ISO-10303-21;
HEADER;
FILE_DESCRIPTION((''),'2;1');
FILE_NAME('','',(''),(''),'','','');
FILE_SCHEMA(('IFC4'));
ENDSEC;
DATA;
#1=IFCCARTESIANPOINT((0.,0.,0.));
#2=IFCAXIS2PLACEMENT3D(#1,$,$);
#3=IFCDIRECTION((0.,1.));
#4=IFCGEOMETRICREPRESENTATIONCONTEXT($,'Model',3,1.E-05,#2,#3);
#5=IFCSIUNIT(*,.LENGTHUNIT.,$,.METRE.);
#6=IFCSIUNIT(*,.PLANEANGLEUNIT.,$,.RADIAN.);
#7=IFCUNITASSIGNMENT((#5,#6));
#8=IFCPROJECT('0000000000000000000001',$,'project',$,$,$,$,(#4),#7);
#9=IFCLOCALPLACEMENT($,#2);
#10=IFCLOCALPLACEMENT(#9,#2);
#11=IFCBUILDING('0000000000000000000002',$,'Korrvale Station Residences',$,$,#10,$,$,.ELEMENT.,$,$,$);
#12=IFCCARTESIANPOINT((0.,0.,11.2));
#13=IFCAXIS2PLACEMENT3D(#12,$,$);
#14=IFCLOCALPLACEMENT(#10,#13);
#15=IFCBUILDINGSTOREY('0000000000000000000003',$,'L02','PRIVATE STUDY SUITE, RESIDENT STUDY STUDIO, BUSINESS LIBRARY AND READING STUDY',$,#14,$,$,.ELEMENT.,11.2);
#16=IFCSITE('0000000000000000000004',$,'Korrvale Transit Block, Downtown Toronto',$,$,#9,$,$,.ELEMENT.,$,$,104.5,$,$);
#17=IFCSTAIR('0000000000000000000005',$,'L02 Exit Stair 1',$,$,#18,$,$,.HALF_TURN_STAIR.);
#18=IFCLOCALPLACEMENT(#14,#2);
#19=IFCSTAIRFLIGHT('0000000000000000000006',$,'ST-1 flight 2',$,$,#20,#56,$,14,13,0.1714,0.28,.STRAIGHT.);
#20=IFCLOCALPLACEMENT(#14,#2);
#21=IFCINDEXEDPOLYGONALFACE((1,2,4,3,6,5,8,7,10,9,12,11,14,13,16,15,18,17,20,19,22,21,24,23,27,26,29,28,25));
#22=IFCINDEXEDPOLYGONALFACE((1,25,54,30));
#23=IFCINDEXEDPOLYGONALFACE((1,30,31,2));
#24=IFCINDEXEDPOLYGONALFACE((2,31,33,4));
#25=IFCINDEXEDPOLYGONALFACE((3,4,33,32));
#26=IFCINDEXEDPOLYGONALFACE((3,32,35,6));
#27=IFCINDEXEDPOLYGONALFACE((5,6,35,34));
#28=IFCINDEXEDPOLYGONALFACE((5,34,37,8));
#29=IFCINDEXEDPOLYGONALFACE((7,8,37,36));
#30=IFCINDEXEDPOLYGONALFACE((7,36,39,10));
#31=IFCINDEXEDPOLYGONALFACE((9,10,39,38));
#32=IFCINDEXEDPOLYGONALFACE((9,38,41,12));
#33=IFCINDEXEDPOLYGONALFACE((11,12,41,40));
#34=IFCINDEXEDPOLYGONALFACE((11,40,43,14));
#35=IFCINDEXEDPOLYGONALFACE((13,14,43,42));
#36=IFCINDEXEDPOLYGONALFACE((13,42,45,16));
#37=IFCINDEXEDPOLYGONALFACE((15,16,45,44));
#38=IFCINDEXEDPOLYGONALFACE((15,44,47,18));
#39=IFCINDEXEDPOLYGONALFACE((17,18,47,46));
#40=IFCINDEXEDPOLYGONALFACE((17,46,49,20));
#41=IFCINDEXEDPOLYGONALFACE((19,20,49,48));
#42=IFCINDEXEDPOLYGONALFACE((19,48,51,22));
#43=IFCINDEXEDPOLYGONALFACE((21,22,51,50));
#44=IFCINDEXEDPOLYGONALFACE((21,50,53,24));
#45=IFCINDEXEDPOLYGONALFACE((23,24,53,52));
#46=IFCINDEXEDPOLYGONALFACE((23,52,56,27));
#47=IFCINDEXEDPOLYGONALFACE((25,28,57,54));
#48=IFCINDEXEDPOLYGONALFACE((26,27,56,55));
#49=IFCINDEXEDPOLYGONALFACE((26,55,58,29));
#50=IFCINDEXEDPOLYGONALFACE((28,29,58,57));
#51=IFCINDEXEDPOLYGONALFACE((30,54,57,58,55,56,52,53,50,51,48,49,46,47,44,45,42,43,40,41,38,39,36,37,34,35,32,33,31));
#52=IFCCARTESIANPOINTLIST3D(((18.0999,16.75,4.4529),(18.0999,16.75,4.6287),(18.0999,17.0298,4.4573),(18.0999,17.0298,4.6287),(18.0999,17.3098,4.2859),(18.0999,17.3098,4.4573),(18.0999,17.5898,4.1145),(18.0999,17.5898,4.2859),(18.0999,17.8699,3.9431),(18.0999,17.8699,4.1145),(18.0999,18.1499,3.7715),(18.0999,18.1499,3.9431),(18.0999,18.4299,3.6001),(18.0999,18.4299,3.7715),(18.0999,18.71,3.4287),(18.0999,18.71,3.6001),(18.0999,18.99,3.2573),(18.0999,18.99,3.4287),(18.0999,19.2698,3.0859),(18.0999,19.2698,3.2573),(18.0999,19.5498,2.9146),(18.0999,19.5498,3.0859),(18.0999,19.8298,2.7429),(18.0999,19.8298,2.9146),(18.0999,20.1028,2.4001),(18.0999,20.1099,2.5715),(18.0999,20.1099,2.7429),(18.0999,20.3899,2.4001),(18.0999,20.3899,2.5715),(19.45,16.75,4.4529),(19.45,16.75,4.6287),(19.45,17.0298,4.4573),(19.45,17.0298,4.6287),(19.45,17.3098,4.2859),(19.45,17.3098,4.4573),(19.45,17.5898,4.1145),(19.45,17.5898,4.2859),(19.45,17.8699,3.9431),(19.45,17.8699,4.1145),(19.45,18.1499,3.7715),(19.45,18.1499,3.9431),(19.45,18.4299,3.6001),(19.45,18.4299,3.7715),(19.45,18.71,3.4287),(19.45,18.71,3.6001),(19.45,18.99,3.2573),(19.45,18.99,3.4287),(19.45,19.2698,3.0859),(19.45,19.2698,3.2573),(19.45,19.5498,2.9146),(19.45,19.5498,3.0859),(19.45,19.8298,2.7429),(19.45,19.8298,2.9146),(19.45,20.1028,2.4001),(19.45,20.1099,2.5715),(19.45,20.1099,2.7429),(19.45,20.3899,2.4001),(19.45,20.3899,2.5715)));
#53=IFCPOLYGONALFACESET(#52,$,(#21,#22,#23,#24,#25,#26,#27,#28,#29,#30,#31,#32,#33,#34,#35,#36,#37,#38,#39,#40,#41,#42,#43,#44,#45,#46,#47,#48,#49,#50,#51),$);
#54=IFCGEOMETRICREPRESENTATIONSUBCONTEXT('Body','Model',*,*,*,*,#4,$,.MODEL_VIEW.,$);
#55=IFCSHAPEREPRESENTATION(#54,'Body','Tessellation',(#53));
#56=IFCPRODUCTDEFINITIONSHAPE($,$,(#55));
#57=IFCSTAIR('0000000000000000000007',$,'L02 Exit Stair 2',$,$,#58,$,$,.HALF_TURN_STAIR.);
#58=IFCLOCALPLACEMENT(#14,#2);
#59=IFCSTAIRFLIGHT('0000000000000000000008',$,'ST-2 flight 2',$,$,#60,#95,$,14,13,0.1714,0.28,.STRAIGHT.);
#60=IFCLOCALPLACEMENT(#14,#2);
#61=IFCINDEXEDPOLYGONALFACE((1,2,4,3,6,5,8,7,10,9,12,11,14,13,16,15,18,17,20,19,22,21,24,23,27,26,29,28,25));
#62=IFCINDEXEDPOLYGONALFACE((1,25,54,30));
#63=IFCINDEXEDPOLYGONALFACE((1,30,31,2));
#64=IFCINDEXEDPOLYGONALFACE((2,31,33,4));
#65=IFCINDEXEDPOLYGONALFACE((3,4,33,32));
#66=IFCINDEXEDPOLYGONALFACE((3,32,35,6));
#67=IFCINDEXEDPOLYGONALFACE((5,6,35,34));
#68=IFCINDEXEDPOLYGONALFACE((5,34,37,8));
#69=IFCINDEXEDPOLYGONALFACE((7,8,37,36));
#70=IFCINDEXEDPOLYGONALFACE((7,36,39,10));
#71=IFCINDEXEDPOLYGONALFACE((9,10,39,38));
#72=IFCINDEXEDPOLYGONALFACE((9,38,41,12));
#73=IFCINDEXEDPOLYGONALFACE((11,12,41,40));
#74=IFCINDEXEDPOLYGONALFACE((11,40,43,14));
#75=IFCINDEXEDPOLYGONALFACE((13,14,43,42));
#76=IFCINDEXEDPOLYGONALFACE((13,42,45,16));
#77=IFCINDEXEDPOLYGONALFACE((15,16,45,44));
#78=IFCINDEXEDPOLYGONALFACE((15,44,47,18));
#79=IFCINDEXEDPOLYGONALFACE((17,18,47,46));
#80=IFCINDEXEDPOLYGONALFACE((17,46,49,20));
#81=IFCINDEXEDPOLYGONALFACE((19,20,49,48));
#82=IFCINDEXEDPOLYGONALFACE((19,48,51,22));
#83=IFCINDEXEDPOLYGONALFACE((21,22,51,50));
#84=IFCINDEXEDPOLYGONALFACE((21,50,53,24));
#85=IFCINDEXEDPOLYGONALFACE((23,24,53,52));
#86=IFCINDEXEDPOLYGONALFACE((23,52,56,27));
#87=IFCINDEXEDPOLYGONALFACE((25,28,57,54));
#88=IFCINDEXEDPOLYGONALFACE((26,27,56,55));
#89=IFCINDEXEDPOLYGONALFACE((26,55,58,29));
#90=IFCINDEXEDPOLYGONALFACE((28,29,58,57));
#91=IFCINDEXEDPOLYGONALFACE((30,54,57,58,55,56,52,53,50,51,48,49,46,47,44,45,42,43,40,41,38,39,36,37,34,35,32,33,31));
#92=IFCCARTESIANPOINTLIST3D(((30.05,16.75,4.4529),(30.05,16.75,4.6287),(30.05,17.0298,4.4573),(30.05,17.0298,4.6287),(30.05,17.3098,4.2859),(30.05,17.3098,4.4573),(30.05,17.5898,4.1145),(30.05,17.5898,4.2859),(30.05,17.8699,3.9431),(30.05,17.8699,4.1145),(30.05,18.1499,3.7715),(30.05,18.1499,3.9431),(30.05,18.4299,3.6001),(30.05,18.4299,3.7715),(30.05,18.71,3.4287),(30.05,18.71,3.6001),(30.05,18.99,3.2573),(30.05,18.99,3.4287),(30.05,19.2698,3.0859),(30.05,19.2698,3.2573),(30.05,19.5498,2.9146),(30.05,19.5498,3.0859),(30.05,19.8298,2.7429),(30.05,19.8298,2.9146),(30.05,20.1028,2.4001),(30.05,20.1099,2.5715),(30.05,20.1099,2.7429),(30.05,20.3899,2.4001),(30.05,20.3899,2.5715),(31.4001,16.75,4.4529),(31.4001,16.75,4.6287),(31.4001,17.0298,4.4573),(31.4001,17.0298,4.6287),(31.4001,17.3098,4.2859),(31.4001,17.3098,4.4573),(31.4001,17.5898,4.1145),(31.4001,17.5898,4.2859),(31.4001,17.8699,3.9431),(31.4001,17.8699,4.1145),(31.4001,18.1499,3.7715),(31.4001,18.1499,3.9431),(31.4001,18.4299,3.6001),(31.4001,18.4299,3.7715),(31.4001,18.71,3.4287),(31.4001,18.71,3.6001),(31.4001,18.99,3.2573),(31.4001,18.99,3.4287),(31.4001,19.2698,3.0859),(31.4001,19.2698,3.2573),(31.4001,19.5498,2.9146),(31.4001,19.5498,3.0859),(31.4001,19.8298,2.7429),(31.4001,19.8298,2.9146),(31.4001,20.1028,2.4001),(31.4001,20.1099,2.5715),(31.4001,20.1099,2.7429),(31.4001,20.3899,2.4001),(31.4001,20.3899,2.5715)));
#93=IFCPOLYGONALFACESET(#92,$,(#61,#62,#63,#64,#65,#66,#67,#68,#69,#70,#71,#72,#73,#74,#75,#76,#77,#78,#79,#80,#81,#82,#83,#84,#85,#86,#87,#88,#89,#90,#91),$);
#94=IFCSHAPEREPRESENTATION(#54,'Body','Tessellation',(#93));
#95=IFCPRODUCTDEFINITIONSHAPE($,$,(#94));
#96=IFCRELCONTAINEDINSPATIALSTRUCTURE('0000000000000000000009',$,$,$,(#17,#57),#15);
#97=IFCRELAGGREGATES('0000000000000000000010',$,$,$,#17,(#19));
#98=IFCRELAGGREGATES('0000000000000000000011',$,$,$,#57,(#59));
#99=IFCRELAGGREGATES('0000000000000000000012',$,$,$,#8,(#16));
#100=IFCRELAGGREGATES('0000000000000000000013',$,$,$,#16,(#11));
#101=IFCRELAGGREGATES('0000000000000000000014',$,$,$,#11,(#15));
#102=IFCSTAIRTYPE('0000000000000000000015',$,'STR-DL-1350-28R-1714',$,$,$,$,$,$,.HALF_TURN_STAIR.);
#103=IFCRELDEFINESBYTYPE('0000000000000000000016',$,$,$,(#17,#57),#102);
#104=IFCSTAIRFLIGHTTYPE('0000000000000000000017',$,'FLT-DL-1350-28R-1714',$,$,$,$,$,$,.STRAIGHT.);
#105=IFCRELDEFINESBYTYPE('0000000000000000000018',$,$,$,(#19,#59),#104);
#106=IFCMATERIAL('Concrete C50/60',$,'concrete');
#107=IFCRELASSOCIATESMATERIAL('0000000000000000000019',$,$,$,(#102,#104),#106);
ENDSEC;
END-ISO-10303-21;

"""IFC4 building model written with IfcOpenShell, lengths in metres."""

from ifc_helpers import new_model, si_unit, direction, frame, origin, place, context, subcontext, project, spatial, polyline, outline, extrude, material, type_object, element, aggregate, save


model = new_model("IFC4")

# Units and contexts
model_context = context("Model", 3, precision=1e-05, world=origin(), true_north=direction((0.0, 1.0)))
body_context = subcontext(model_context, "Body", "Model", "MODEL_VIEW")
ifc_project = project(units=[si_unit("LENGTHUNIT", "METRE"), si_unit("PLANEANGLEUNIT", "RADIAN")], contexts=[model_context])

# Site, building, storey
site_placement = place(None, origin())
site = spatial("IfcSite", under=ifc_project, at=site_placement, Name="Korrvale Transit Block, Downtown Toronto", CompositionType="ELEMENT", RefElevation=104.5)
building_placement = place(site_placement, origin())
building = spatial("IfcBuilding", under=site, at=building_placement, Name="Korrvale Station Residences", CompositionType="ELEMENT")
storey_placement = place(building_placement, frame((0.0, 0.0, 11.2)))
storey = spatial("IfcBuildingStorey", under=building, at=storey_placement, Name="L02", Description="PRIVATE STUDY SUITE, RESIDENT STUDY STUDIO, BUSINESS LIBRARY AND READING STUDY", CompositionType="ELEMENT", Elevation=11.2)

# Stairs, stair flights
ifc_material_1 = material(Name="Concrete C50/60", Category="concrete")
stair_type = type_object("IfcStairType", Name="STR-DL-1350-28R-1714", PredefinedType="HALF_TURN_STAIR", material=ifc_material_1)
stair_1_placement = place(storey_placement, origin())
stair_1 = element("IfcStair", 1, at=stair_1_placement, inside=storey, type_object=stair_type, Name="L02 Exit Stair 1", PredefinedType="HALF_TURN_STAIR")
stair_flight_type = type_object("IfcStairFlightType", Name="FLT-DL-1350-28R-1714", PredefinedType="STRAIGHT", material=ifc_material_1)
stair_flight_1_placement = place(storey_placement, frame((18.7749, 20.3899, 2.4001), z_axis=(0.0, 0.0, 1.0), x_axis=(0.0, -1.0, 0.0)))
stair_flight_1 = element("IfcStairFlight", 2, at=stair_flight_1_placement, type_object=stair_flight_type, Name="ST-1 flight 2", NumberOfRisers=14, NumberOfTreads=13, PredefinedType="STRAIGHT", RiserHeight=0.1714, TreadLength=0.28, context=body_context, shape_type="SweptSolid", body=[
    extrude(outline(polyline([(0.0, 0.0), (0.0, 0.1714), (0.28, 0.1714), (0.28, 0.3428), (0.5601, 0.3428), (0.5601, 0.5144), (0.8401, 0.5144), (0.8401, 0.6858), (1.1201, 0.6858), (1.1201, 0.8572), (1.3999, 0.8572), (1.3999, 1.0286), (1.6799, 1.0286), (1.6799, 1.2), (1.96, 1.2), (1.96, 1.3713), (2.24, 1.3713), (2.24, 1.543), (2.52, 1.543), (2.52, 1.7144), (2.8, 1.7144), (2.8, 1.8857), (3.0801, 1.8857), (3.0801, 2.0571), (3.3601, 2.0571), (3.3601, 2.2285), (3.6399, 2.2285), (3.6399, 2.3999), (3.6399, 2.0527), (0.2871, 0.0), (0.0, 0.0)])), frame((0.0, 0.675, 0.0), z_axis=(0.0, -1.0, 0.0), x_axis=(1.0, 0.0, 0.0)), (0.0, 0.0, 1.0), 1.3501),
])
aggregate(stair_1, [stair_flight_1])
stair_2_placement = place(storey_placement, origin())
stair_2 = element("IfcStair", 3, at=stair_2_placement, inside=storey, type_object=stair_type, Name="L02 Exit Stair 2", PredefinedType="HALF_TURN_STAIR")
stair_flight_2_placement = place(storey_placement, frame((30.7251, 20.3899, 2.4001), z_axis=(0.0, 0.0, 1.0), x_axis=(0.0, -1.0, 0.0)))
stair_flight_2 = element("IfcStairFlight", 4, at=stair_flight_2_placement, type_object=stair_flight_type, Name="ST-2 flight 2", NumberOfRisers=14, NumberOfTreads=13, PredefinedType="STRAIGHT", RiserHeight=0.1714, TreadLength=0.28, context=body_context, shape_type="SweptSolid", body=[
    extrude(outline(polyline([(0.0, 0.0), (0.0, 0.1714), (0.28, 0.1714), (0.28, 0.3428), (0.5601, 0.3428), (0.5601, 0.5144), (0.8401, 0.5144), (0.8401, 0.6858), (1.1201, 0.6858), (1.1201, 0.8572), (1.3999, 0.8572), (1.3999, 1.0286), (1.6799, 1.0286), (1.6799, 1.2), (1.96, 1.2), (1.96, 1.3713), (2.24, 1.3713), (2.24, 1.543), (2.52, 1.543), (2.52, 1.7144), (2.8, 1.7144), (2.8, 1.8857), (3.0801, 1.8857), (3.0801, 2.0571), (3.3601, 2.0571), (3.3601, 2.2285), (3.6399, 2.2285), (3.6399, 2.3999), (3.6399, 2.0527), (0.2871, 0.0), (0.0, 0.0)])), frame((0.0, 0.675, 0.0), z_axis=(0.0, -1.0, 0.0), x_axis=(1.0, 0.0, 0.0)), (0.0, 0.0, 1.0), 1.3501),
])
aggregate(stair_2, [stair_flight_2])

save(model, "model.ifc")
